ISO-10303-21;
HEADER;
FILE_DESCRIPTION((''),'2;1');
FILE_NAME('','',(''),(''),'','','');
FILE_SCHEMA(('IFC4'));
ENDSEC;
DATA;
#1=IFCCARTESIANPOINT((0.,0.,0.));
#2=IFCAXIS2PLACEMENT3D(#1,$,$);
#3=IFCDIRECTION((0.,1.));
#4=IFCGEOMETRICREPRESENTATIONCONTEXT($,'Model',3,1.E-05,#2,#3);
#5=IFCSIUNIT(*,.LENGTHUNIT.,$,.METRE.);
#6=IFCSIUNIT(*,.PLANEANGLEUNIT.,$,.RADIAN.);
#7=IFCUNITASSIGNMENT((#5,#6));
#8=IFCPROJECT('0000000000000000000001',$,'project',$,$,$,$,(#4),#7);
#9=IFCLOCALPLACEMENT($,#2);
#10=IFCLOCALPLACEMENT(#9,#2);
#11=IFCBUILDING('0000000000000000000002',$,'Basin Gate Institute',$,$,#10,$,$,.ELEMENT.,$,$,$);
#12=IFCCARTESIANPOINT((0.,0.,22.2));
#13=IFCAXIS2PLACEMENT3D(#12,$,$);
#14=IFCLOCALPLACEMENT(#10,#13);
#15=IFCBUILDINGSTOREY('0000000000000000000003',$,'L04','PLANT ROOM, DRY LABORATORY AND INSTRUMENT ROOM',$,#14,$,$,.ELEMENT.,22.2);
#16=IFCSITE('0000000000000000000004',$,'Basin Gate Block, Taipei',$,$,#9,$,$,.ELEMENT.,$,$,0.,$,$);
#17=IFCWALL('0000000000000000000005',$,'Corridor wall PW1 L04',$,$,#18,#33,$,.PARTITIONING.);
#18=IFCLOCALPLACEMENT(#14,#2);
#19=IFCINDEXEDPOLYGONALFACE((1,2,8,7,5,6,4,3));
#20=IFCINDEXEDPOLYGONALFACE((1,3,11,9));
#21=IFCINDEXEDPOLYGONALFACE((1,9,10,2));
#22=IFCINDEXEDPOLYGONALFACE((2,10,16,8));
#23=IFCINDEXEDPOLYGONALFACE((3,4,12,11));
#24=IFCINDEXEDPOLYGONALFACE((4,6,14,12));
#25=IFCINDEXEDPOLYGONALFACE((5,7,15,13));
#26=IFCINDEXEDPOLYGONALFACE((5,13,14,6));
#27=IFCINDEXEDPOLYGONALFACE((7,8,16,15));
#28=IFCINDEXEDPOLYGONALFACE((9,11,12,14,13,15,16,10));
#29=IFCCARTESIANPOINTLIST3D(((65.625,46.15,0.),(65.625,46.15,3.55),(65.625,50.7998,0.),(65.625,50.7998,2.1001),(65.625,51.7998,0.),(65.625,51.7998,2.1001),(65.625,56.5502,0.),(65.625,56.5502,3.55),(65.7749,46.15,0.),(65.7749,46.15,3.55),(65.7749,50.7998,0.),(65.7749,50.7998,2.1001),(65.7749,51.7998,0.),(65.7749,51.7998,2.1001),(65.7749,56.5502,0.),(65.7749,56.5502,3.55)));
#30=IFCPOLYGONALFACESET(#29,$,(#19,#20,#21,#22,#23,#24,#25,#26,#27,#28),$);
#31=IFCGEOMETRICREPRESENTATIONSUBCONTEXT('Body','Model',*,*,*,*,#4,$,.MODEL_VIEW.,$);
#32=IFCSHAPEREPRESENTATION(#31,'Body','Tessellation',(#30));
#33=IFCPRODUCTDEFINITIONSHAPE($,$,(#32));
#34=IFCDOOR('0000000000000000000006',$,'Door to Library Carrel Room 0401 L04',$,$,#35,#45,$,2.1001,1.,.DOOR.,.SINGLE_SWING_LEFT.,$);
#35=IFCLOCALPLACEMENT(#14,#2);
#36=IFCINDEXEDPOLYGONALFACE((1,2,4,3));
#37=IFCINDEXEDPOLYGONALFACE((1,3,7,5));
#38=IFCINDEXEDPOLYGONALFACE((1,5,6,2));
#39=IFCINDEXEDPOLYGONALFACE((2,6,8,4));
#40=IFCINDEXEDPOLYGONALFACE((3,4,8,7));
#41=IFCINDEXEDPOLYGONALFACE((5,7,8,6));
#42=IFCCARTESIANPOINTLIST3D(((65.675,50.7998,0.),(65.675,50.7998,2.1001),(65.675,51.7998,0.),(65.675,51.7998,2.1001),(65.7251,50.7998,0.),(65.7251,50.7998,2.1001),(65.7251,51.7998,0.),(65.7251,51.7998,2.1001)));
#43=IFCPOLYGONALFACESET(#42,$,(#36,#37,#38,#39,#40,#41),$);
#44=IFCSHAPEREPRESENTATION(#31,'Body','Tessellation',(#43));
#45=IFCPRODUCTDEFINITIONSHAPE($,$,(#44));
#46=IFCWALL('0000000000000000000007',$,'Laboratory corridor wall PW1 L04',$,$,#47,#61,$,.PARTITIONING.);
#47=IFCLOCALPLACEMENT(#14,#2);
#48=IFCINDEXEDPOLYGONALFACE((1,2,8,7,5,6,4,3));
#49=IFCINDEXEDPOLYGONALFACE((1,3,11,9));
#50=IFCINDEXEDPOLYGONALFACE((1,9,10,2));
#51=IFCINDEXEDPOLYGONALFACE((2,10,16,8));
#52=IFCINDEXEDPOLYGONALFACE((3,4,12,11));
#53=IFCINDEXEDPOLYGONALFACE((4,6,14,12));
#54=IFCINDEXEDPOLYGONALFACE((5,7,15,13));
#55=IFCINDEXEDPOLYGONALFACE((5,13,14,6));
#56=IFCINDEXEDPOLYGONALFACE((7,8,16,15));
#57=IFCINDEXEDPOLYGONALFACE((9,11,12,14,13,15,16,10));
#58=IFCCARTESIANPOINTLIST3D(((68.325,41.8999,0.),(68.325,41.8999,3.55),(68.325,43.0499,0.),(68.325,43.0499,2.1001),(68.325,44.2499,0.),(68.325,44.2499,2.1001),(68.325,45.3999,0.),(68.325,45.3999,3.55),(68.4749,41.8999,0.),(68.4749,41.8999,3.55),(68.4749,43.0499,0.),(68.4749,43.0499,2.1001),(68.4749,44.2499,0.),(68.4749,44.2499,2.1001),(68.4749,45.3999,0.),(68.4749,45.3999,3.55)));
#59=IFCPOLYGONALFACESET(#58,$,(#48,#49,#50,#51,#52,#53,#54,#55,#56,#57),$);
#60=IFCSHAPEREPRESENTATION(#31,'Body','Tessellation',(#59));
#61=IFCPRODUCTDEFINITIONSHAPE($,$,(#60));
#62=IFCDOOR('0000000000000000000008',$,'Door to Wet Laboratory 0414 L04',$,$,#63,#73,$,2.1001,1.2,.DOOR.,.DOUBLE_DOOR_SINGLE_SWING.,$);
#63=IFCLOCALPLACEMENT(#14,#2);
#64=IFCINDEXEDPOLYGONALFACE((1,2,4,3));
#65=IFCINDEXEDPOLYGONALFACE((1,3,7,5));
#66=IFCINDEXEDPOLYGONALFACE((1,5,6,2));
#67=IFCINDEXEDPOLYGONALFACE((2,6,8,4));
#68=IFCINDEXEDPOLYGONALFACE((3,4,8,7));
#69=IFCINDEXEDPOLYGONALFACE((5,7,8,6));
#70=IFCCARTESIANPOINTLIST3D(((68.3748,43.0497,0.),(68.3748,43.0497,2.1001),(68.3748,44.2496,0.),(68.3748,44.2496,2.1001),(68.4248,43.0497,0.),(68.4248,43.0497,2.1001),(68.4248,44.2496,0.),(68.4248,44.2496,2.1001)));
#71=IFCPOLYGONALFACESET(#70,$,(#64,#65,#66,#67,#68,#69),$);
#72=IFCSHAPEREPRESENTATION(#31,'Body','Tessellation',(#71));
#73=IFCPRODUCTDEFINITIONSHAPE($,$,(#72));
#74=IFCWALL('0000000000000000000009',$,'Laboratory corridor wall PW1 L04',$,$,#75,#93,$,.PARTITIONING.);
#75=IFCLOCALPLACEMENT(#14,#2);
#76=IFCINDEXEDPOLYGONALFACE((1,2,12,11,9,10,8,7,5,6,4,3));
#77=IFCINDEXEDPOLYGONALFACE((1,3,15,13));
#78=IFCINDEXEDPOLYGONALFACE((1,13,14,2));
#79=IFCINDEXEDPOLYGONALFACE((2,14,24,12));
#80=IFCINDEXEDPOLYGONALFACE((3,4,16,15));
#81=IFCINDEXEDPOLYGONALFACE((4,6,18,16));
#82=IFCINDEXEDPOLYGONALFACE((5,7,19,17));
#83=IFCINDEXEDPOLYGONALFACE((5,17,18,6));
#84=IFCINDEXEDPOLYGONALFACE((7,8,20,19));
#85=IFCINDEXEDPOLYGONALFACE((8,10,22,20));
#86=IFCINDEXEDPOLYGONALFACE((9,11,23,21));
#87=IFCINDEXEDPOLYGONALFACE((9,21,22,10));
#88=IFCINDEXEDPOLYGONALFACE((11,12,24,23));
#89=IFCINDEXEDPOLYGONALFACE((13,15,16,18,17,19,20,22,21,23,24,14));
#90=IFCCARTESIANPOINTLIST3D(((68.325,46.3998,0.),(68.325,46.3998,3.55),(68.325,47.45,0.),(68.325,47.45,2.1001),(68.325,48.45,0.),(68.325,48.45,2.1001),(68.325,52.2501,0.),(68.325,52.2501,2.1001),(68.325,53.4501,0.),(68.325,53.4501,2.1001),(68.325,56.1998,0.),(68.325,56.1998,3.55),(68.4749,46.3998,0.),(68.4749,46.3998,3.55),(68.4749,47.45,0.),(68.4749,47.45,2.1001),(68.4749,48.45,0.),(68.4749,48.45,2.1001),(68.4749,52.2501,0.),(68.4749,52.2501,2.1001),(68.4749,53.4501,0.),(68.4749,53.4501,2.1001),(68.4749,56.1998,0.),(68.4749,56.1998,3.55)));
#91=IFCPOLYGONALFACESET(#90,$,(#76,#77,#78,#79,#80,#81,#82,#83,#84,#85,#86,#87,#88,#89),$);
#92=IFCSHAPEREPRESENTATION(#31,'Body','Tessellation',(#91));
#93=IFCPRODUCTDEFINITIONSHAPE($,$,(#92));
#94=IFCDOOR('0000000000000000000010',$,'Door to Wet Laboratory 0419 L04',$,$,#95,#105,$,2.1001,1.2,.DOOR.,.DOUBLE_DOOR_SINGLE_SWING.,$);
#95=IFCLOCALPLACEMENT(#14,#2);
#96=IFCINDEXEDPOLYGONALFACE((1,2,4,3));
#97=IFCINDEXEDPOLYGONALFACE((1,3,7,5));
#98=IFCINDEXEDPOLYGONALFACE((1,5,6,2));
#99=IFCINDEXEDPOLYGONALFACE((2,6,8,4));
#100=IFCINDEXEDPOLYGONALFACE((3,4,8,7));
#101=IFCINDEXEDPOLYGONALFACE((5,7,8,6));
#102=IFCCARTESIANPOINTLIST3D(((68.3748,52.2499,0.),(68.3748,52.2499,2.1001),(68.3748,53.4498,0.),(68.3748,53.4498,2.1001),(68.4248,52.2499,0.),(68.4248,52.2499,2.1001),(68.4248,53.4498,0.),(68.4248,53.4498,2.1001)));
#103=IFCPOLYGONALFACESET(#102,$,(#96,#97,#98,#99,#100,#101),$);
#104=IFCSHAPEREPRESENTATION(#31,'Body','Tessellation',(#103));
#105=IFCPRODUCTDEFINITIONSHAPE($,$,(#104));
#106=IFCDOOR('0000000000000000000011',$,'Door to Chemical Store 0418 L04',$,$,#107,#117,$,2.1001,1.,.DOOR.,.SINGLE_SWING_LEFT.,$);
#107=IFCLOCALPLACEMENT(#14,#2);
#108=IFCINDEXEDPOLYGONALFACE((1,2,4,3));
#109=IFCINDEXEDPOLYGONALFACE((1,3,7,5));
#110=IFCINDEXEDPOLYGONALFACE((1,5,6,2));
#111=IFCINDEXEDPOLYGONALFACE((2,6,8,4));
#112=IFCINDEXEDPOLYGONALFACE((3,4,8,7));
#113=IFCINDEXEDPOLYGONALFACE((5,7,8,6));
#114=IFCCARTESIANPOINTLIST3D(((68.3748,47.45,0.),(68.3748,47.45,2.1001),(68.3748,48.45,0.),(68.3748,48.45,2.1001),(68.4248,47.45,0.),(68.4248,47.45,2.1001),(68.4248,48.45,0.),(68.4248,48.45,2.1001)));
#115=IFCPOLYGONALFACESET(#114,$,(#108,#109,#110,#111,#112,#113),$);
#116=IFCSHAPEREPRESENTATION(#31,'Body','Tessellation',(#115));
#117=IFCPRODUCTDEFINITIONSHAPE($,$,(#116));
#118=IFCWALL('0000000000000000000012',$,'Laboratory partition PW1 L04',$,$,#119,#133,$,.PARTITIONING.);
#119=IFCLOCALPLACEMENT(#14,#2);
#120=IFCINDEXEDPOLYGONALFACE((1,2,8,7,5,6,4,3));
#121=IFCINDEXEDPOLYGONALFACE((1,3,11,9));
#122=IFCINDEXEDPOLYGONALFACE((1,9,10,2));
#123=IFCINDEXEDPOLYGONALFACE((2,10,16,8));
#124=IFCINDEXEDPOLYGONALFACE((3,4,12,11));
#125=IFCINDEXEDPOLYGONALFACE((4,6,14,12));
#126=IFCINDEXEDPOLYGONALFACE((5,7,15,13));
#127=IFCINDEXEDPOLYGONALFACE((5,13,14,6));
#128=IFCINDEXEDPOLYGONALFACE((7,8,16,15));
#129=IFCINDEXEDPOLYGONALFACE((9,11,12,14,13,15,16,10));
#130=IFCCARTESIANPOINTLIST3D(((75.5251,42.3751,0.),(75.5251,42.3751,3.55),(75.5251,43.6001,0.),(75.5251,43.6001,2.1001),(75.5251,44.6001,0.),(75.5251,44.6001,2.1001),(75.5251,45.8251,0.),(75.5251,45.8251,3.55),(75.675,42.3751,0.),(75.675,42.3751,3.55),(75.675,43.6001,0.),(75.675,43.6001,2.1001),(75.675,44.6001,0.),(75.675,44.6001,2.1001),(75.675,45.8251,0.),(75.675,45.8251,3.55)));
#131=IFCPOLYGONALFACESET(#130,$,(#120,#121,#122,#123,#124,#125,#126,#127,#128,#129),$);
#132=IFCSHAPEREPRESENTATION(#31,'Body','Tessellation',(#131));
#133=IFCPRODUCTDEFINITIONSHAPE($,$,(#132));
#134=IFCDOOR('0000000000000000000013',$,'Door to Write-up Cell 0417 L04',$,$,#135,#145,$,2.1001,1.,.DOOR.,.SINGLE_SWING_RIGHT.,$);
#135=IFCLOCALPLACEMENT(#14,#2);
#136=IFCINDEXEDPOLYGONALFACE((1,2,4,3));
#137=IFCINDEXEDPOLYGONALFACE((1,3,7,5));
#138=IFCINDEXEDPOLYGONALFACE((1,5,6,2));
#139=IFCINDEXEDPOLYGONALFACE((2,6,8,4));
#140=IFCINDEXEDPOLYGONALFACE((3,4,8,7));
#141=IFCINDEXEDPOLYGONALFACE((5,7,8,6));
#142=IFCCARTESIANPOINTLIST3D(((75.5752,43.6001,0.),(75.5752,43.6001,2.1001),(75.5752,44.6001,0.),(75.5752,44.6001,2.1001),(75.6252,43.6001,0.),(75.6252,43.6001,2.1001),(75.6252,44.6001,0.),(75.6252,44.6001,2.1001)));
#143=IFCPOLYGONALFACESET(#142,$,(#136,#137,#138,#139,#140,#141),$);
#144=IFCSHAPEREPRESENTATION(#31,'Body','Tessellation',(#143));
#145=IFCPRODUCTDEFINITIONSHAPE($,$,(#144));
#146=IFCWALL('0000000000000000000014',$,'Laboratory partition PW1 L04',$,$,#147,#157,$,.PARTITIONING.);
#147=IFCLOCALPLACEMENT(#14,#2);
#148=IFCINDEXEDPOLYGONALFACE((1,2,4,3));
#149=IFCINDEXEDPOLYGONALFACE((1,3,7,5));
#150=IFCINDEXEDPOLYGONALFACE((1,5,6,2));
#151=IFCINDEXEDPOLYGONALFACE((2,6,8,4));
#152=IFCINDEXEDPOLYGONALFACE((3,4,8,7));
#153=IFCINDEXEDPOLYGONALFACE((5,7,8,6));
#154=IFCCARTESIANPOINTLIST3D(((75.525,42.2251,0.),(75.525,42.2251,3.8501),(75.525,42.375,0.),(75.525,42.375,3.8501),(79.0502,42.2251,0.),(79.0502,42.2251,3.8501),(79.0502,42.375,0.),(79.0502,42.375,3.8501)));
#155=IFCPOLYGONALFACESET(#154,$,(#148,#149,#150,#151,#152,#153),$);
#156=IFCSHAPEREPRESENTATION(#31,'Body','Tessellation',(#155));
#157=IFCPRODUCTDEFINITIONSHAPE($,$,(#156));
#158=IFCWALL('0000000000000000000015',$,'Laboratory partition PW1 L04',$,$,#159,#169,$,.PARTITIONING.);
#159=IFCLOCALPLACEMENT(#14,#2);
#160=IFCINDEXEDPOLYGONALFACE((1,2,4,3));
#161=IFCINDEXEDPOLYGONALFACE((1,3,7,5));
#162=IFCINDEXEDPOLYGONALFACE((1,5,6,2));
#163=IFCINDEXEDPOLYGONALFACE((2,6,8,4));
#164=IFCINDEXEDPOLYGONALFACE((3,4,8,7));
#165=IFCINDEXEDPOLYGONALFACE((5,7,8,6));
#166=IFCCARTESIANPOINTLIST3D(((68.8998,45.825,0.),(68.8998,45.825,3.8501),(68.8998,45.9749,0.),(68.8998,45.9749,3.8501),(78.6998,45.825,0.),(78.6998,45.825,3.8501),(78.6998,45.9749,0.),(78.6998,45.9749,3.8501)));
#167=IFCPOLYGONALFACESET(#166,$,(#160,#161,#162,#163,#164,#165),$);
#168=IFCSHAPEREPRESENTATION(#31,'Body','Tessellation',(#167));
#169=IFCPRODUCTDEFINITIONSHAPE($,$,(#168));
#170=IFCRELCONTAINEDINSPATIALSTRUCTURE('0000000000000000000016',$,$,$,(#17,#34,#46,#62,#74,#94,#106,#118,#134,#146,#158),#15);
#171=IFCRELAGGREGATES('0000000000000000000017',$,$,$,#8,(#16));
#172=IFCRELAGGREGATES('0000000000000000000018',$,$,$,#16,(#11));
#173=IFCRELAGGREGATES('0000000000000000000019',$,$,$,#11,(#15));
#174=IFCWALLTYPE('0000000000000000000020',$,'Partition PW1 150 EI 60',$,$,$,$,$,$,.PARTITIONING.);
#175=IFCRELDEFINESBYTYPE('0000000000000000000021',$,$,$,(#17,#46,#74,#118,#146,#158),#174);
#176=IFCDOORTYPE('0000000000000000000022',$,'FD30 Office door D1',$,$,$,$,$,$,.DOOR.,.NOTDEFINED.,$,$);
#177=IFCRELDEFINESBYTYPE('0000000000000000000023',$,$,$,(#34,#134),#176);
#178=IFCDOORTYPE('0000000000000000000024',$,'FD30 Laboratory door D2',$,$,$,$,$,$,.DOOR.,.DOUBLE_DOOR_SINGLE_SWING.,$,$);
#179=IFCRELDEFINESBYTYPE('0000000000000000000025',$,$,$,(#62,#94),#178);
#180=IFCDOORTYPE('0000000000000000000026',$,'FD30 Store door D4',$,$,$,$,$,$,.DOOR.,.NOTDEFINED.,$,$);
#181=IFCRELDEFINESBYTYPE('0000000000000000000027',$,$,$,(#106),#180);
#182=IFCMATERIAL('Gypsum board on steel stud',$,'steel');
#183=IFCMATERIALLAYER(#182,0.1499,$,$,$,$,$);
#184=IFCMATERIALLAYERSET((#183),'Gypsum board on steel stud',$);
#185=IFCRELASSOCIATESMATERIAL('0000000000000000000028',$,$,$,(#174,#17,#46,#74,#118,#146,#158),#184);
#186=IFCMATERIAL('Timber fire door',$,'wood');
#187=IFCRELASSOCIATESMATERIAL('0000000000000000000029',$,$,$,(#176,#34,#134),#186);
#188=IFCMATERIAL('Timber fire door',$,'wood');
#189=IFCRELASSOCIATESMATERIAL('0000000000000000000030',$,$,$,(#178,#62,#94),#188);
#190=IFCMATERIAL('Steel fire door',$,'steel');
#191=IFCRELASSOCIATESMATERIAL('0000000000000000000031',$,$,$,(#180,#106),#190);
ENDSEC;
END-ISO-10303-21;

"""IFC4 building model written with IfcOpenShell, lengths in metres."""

from ifc_helpers import new_model, si_unit, direction, frame, frame_2d, origin, place, context, subcontext, project, spatial, rectangle, extrude, material, layer, layer_set, type_object, element, fill, save


model = new_model("IFC4")

# Units and contexts
model_context = context("Model", 3, precision=1e-05, world=origin(), true_north=direction((0.0, 1.0)))
body_context = subcontext(model_context, "Body", "Model", "MODEL_VIEW")
ifc_project = project(units=[si_unit("LENGTHUNIT", "METRE"), si_unit("PLANEANGLEUNIT", "RADIAN")], contexts=[model_context])

# Site, building, storey
site_placement = place(None, origin())
site = spatial("IfcSite", under=ifc_project, at=site_placement, Name="Basin Gate Block, Taipei", CompositionType="ELEMENT", RefElevation=0.0)
building_placement = place(site_placement, origin())
building = spatial("IfcBuilding", under=site, at=building_placement, Name="Basin Gate Institute", CompositionType="ELEMENT")
storey_placement = place(building_placement, frame((0.0, 0.0, 22.2)))
storey = spatial("IfcBuildingStorey", under=building, at=storey_placement, Name="L04", Description="PLANT ROOM, DRY LABORATORY AND INSTRUMENT ROOM", CompositionType="ELEMENT", Elevation=22.2)

# Walls, openings, doors
ifc_material_1 = material(Name="Gypsum board on steel stud", Category="steel")
ifc_layer_1 = layer(ifc_material_1, 0.1499)
ifc_layer_set_1 = layer_set([ifc_layer_1], Name="Gypsum board on steel stud")
wall_type_1 = type_object("IfcWallType", Name="Partition PW1 150 EI 60", PredefinedType="PARTITIONING", material=ifc_layer_set_1)
wall_1_placement = place(storey_placement, frame((65.7, 46.1499, 0.0), z_axis=(0.0, 0.0, 1.0), x_axis=(0.0, 1.0, 0.0)))
wall_1 = element("IfcWall", 1, at=wall_1_placement, inside=storey, type_object=wall_type_1, material=ifc_layer_set_1, Name="Corridor wall PW1 L04", PredefinedType="PARTITIONING", context=body_context, shape_type="SweptSolid", body=[
    extrude(rectangle(XDim=10.4001, YDim=0.1499, at=frame_2d((5.2002, 0.0))), origin(), (0.0, 0.0, 1.0), 3.55),
])
opening_1_placement = place(wall_1_placement, frame((4.6499, 0.0, 0.0)))
opening_1 = element("IfcOpeningElement", 2, at=opening_1_placement, cuts=wall_1, PredefinedType="OPENING", context=body_context, shape_type="SweptSolid", body=[
    extrude(rectangle(XDim=1.0, YDim=2.1001, at=frame_2d((0.5, 1.05))), frame((0.0, 0.085, 0.0), z_axis=(0.0, -1.0, 0.0), x_axis=(1.0, 0.0, 0.0)), (0.0, 0.0, 1.0), 0.1699),
])
ifc_material_2 = material(Name="Timber fire door", Category="wood")
door_type_1 = type_object("IfcDoorType", Name="FD30 Office door D1", OperationType="NOTDEFINED", PredefinedType="DOOR", material=ifc_material_2)
door_1_placement = place(opening_1_placement, origin())
door_1 = element("IfcDoor", 3, at=door_1_placement, inside=storey, type_object=door_type_1, material=ifc_material_2, Name="Door to Library Carrel Room 0401 L04", OperationType="SINGLE_SWING_LEFT", OverallHeight=2.1001, OverallWidth=1.0, PredefinedType="DOOR", context=body_context, shape_type="SweptSolid", body=[
    extrude(rectangle(XDim=1.0, YDim=2.1001, at=frame_2d((0.5, 1.05))), frame((0.0, 0.0249, 0.0), z_axis=(0.0, -1.0, 0.0), x_axis=(1.0, 0.0, 0.0)), (0.0, 0.0, 1.0), 0.05),
])
fill(opening_1, door_1)
wall_2_placement = place(storey_placement, frame((68.3999, 41.8999, 0.0), z_axis=(0.0, 0.0, 1.0), x_axis=(0.0, 1.0, 0.0)))
wall_2 = element("IfcWall", 4, at=wall_2_placement, inside=storey, type_object=wall_type_1, material=ifc_layer_set_1, Name="Laboratory corridor wall PW1 L04", PredefinedType="PARTITIONING", context=body_context, shape_type="SweptSolid", body=[
    extrude(rectangle(XDim=3.5, YDim=0.1499, at=frame_2d((1.75, 0.0))), origin(), (0.0, 0.0, 1.0), 3.55),
])
opening_2_placement = place(wall_2_placement, frame((1.1499, 0.0, 0.0)))
opening_2 = element("IfcOpeningElement", 5, at=opening_2_placement, cuts=wall_2, PredefinedType="OPENING", context=body_context, shape_type="SweptSolid", body=[
    extrude(rectangle(XDim=1.2, YDim=2.1001, at=frame_2d((0.6001, 1.05))), frame((0.0, 0.085, 0.0), z_axis=(0.0, -1.0, 0.0), x_axis=(1.0, 0.0, 0.0)), (0.0, 0.0, 1.0), 0.1699),
])
ifc_material_3 = material(Name="Timber fire door", Category="wood")
door_type_2 = type_object("IfcDoorType", Name="FD30 Laboratory door D2", OperationType="DOUBLE_DOOR_SINGLE_SWING", PredefinedType="DOOR", material=ifc_material_3)
door_2_placement = place(opening_2_placement, frame((1.2, 0.0, 0.0), z_axis=(0.0, 0.0, 1.0), x_axis=(-1.0, 0.0, 0.0)))
door_2 = element("IfcDoor", 6, at=door_2_placement, inside=storey, type_object=door_type_2, material=ifc_material_3, Name="Door to Wet Laboratory 0414 L04", OperationType="DOUBLE_DOOR_SINGLE_SWING", OverallHeight=2.1001, OverallWidth=1.2, PredefinedType="DOOR", context=body_context, shape_type="SweptSolid", body=[
    extrude(rectangle(XDim=1.2, YDim=2.1001, at=frame_2d((0.6001, 1.05))), frame((0.0, 0.0249, 0.0), z_axis=(0.0, -1.0, 0.0), x_axis=(1.0, 0.0, 0.0)), (0.0, 0.0, 1.0), 0.05),
])
fill(opening_2, door_2)

# Wall, openings, doors
wall_3_placement = place(storey_placement, frame((68.3999, 46.3999, 0.0), z_axis=(0.0, 0.0, 1.0), x_axis=(0.0, 1.0, 0.0)))
wall_3 = element("IfcWall", 7, at=wall_3_placement, inside=storey, type_object=wall_type_1, material=ifc_layer_set_1, Name="Laboratory corridor wall PW1 L04", PredefinedType="PARTITIONING", context=body_context, shape_type="SweptSolid", body=[
    extrude(rectangle(XDim=9.8, YDim=0.1499, at=frame_2d((4.8999, 0.0))), origin(), (0.0, 0.0, 1.0), 3.55),
])
opening_3_placement = place(wall_3_placement, frame((1.05, 0.0, 0.0)))
opening_3 = element("IfcOpeningElement", 8, at=opening_3_placement, cuts=wall_3, PredefinedType="OPENING", context=body_context, shape_type="SweptSolid", body=[
    extrude(rectangle(XDim=1.0, YDim=2.1001, at=frame_2d((0.5, 1.05))), frame((0.0, 0.085, 0.0), z_axis=(0.0, -1.0, 0.0), x_axis=(1.0, 0.0, 0.0)), (0.0, 0.0, 1.0), 0.1699),
])
opening_4_placement = place(wall_3_placement, frame((5.8501, 0.0, 0.0)))
opening_4 = element("IfcOpeningElement", 9, at=opening_4_placement, cuts=wall_3, PredefinedType="OPENING", context=body_context, shape_type="SweptSolid", body=[
    extrude(rectangle(XDim=1.2, YDim=2.1001, at=frame_2d((0.6001, 1.05))), frame((0.0, 0.085, 0.0), z_axis=(0.0, -1.0, 0.0), x_axis=(1.0, 0.0, 0.0)), (0.0, 0.0, 1.0), 0.1699),
])
door_3_placement = place(opening_4_placement, frame((1.2, 0.0, 0.0), z_axis=(0.0, 0.0, 1.0), x_axis=(-1.0, 0.0, 0.0)))
door_3 = element("IfcDoor", 10, at=door_3_placement, inside=storey, type_object=door_type_2, material=ifc_material_3, Name="Door to Wet Laboratory 0419 L04", OperationType="DOUBLE_DOOR_SINGLE_SWING", OverallHeight=2.1001, OverallWidth=1.2, PredefinedType="DOOR", context=body_context, shape_type="SweptSolid", body=[
    extrude(rectangle(XDim=1.2, YDim=2.1001, at=frame_2d((0.6001, 1.05))), frame((0.0, 0.0249, 0.0), z_axis=(0.0, -1.0, 0.0), x_axis=(1.0, 0.0, 0.0)), (0.0, 0.0, 1.0), 0.05),
])
fill(opening_4, door_3)
ifc_material_4 = material(Name="Steel fire door", Category="steel")
door_type_3 = type_object("IfcDoorType", Name="FD30 Store door D4", OperationType="NOTDEFINED", PredefinedType="DOOR", material=ifc_material_4)
door_4_placement = place(opening_3_placement, frame((1.0, 0.0, 0.0), z_axis=(0.0, 0.0, 1.0), x_axis=(-1.0, 0.0, 0.0)))
door_4 = element("IfcDoor", 11, at=door_4_placement, inside=storey, type_object=door_type_3, material=ifc_material_4, Name="Door to Chemical Store 0418 L04", OperationType="SINGLE_SWING_LEFT", OverallHeight=2.1001, OverallWidth=1.0, PredefinedType="DOOR", context=body_context, shape_type="SweptSolid", body=[
    extrude(rectangle(XDim=1.0, YDim=2.1001, at=frame_2d((0.5, 1.05))), frame((0.0, 0.0249, 0.0), z_axis=(0.0, -1.0, 0.0), x_axis=(1.0, 0.0, 0.0)), (0.0, 0.0, 1.0), 0.05),
])
fill(opening_3, door_4)

# Wall, opening, door
wall_4_placement = place(storey_placement, frame((75.6001, 42.375, 0.0), z_axis=(0.0, 0.0, 1.0), x_axis=(0.0, 1.0, 0.0)))
wall_4 = element("IfcWall", 12, at=wall_4_placement, inside=storey, type_object=wall_type_1, material=ifc_layer_set_1, Name="Laboratory partition PW1 L04", PredefinedType="PARTITIONING", context=body_context, shape_type="SweptSolid", body=[
    extrude(rectangle(XDim=3.45, YDim=0.1499, at=frame_2d((1.7251, 0.0))), origin(), (0.0, 0.0, 1.0), 3.55),
])
opening_5_placement = place(wall_4_placement, frame((1.2251, 0.0, 0.0)))
opening_5 = element("IfcOpeningElement", 13, at=opening_5_placement, cuts=wall_4, PredefinedType="OPENING", context=body_context, shape_type="SweptSolid", body=[
    extrude(rectangle(XDim=1.0, YDim=2.1001, at=frame_2d((0.5, 1.05))), frame((0.0, 0.085, 0.0), z_axis=(0.0, -1.0, 0.0), x_axis=(1.0, 0.0, 0.0)), (0.0, 0.0, 1.0), 0.1699),
])
door_5_placement = place(opening_5_placement, origin())
door_5 = element("IfcDoor", 14, at=door_5_placement, inside=storey, type_object=door_type_1, material=ifc_material_2, Name="Door to Write-up Cell 0417 L04", OperationType="SINGLE_SWING_RIGHT", OverallHeight=2.1001, OverallWidth=1.0, PredefinedType="DOOR", context=body_context, shape_type="SweptSolid", body=[
    extrude(rectangle(XDim=1.0, YDim=2.1001, at=frame_2d((0.5, 1.05))), frame((0.0, 0.0249, 0.0), z_axis=(0.0, -1.0, 0.0), x_axis=(1.0, 0.0, 0.0)), (0.0, 0.0, 1.0), 0.05),
])
fill(opening_5, door_5)

# Walls
wall_5_placement = place(storey_placement, frame((75.5249, 42.3, 0.0), z_axis=(0.0, 0.0, 1.0), x_axis=(1.0, 0.0, 0.0)))
element("IfcWall", 15, at=wall_5_placement, inside=storey, type_object=wall_type_1, material=ifc_layer_set_1, Name="Laboratory partition PW1 L04", PredefinedType="PARTITIONING", context=body_context, shape_type="SweptSolid", body=[
    extrude(rectangle(XDim=3.5251, YDim=0.1499, at=frame_2d((1.7627, 0.0))), origin(), (0.0, 0.0, 1.0), 3.8501),
])
wall_6_placement = place(storey_placement, frame((68.8999, 45.8999, 0.0), z_axis=(0.0, 0.0, 1.0), x_axis=(1.0, 0.0, 0.0)))
element("IfcWall", 16, at=wall_6_placement, inside=storey, type_object=wall_type_1, material=ifc_layer_set_1, Name="Laboratory partition PW1 L04", PredefinedType="PARTITIONING", context=body_context, shape_type="SweptSolid", body=[
    extrude(rectangle(XDim=9.8, YDim=0.1499, at=frame_2d((4.8999, 0.0))), origin(), (0.0, 0.0, 1.0), 3.8501),
])

save(model, "model.ifc")
